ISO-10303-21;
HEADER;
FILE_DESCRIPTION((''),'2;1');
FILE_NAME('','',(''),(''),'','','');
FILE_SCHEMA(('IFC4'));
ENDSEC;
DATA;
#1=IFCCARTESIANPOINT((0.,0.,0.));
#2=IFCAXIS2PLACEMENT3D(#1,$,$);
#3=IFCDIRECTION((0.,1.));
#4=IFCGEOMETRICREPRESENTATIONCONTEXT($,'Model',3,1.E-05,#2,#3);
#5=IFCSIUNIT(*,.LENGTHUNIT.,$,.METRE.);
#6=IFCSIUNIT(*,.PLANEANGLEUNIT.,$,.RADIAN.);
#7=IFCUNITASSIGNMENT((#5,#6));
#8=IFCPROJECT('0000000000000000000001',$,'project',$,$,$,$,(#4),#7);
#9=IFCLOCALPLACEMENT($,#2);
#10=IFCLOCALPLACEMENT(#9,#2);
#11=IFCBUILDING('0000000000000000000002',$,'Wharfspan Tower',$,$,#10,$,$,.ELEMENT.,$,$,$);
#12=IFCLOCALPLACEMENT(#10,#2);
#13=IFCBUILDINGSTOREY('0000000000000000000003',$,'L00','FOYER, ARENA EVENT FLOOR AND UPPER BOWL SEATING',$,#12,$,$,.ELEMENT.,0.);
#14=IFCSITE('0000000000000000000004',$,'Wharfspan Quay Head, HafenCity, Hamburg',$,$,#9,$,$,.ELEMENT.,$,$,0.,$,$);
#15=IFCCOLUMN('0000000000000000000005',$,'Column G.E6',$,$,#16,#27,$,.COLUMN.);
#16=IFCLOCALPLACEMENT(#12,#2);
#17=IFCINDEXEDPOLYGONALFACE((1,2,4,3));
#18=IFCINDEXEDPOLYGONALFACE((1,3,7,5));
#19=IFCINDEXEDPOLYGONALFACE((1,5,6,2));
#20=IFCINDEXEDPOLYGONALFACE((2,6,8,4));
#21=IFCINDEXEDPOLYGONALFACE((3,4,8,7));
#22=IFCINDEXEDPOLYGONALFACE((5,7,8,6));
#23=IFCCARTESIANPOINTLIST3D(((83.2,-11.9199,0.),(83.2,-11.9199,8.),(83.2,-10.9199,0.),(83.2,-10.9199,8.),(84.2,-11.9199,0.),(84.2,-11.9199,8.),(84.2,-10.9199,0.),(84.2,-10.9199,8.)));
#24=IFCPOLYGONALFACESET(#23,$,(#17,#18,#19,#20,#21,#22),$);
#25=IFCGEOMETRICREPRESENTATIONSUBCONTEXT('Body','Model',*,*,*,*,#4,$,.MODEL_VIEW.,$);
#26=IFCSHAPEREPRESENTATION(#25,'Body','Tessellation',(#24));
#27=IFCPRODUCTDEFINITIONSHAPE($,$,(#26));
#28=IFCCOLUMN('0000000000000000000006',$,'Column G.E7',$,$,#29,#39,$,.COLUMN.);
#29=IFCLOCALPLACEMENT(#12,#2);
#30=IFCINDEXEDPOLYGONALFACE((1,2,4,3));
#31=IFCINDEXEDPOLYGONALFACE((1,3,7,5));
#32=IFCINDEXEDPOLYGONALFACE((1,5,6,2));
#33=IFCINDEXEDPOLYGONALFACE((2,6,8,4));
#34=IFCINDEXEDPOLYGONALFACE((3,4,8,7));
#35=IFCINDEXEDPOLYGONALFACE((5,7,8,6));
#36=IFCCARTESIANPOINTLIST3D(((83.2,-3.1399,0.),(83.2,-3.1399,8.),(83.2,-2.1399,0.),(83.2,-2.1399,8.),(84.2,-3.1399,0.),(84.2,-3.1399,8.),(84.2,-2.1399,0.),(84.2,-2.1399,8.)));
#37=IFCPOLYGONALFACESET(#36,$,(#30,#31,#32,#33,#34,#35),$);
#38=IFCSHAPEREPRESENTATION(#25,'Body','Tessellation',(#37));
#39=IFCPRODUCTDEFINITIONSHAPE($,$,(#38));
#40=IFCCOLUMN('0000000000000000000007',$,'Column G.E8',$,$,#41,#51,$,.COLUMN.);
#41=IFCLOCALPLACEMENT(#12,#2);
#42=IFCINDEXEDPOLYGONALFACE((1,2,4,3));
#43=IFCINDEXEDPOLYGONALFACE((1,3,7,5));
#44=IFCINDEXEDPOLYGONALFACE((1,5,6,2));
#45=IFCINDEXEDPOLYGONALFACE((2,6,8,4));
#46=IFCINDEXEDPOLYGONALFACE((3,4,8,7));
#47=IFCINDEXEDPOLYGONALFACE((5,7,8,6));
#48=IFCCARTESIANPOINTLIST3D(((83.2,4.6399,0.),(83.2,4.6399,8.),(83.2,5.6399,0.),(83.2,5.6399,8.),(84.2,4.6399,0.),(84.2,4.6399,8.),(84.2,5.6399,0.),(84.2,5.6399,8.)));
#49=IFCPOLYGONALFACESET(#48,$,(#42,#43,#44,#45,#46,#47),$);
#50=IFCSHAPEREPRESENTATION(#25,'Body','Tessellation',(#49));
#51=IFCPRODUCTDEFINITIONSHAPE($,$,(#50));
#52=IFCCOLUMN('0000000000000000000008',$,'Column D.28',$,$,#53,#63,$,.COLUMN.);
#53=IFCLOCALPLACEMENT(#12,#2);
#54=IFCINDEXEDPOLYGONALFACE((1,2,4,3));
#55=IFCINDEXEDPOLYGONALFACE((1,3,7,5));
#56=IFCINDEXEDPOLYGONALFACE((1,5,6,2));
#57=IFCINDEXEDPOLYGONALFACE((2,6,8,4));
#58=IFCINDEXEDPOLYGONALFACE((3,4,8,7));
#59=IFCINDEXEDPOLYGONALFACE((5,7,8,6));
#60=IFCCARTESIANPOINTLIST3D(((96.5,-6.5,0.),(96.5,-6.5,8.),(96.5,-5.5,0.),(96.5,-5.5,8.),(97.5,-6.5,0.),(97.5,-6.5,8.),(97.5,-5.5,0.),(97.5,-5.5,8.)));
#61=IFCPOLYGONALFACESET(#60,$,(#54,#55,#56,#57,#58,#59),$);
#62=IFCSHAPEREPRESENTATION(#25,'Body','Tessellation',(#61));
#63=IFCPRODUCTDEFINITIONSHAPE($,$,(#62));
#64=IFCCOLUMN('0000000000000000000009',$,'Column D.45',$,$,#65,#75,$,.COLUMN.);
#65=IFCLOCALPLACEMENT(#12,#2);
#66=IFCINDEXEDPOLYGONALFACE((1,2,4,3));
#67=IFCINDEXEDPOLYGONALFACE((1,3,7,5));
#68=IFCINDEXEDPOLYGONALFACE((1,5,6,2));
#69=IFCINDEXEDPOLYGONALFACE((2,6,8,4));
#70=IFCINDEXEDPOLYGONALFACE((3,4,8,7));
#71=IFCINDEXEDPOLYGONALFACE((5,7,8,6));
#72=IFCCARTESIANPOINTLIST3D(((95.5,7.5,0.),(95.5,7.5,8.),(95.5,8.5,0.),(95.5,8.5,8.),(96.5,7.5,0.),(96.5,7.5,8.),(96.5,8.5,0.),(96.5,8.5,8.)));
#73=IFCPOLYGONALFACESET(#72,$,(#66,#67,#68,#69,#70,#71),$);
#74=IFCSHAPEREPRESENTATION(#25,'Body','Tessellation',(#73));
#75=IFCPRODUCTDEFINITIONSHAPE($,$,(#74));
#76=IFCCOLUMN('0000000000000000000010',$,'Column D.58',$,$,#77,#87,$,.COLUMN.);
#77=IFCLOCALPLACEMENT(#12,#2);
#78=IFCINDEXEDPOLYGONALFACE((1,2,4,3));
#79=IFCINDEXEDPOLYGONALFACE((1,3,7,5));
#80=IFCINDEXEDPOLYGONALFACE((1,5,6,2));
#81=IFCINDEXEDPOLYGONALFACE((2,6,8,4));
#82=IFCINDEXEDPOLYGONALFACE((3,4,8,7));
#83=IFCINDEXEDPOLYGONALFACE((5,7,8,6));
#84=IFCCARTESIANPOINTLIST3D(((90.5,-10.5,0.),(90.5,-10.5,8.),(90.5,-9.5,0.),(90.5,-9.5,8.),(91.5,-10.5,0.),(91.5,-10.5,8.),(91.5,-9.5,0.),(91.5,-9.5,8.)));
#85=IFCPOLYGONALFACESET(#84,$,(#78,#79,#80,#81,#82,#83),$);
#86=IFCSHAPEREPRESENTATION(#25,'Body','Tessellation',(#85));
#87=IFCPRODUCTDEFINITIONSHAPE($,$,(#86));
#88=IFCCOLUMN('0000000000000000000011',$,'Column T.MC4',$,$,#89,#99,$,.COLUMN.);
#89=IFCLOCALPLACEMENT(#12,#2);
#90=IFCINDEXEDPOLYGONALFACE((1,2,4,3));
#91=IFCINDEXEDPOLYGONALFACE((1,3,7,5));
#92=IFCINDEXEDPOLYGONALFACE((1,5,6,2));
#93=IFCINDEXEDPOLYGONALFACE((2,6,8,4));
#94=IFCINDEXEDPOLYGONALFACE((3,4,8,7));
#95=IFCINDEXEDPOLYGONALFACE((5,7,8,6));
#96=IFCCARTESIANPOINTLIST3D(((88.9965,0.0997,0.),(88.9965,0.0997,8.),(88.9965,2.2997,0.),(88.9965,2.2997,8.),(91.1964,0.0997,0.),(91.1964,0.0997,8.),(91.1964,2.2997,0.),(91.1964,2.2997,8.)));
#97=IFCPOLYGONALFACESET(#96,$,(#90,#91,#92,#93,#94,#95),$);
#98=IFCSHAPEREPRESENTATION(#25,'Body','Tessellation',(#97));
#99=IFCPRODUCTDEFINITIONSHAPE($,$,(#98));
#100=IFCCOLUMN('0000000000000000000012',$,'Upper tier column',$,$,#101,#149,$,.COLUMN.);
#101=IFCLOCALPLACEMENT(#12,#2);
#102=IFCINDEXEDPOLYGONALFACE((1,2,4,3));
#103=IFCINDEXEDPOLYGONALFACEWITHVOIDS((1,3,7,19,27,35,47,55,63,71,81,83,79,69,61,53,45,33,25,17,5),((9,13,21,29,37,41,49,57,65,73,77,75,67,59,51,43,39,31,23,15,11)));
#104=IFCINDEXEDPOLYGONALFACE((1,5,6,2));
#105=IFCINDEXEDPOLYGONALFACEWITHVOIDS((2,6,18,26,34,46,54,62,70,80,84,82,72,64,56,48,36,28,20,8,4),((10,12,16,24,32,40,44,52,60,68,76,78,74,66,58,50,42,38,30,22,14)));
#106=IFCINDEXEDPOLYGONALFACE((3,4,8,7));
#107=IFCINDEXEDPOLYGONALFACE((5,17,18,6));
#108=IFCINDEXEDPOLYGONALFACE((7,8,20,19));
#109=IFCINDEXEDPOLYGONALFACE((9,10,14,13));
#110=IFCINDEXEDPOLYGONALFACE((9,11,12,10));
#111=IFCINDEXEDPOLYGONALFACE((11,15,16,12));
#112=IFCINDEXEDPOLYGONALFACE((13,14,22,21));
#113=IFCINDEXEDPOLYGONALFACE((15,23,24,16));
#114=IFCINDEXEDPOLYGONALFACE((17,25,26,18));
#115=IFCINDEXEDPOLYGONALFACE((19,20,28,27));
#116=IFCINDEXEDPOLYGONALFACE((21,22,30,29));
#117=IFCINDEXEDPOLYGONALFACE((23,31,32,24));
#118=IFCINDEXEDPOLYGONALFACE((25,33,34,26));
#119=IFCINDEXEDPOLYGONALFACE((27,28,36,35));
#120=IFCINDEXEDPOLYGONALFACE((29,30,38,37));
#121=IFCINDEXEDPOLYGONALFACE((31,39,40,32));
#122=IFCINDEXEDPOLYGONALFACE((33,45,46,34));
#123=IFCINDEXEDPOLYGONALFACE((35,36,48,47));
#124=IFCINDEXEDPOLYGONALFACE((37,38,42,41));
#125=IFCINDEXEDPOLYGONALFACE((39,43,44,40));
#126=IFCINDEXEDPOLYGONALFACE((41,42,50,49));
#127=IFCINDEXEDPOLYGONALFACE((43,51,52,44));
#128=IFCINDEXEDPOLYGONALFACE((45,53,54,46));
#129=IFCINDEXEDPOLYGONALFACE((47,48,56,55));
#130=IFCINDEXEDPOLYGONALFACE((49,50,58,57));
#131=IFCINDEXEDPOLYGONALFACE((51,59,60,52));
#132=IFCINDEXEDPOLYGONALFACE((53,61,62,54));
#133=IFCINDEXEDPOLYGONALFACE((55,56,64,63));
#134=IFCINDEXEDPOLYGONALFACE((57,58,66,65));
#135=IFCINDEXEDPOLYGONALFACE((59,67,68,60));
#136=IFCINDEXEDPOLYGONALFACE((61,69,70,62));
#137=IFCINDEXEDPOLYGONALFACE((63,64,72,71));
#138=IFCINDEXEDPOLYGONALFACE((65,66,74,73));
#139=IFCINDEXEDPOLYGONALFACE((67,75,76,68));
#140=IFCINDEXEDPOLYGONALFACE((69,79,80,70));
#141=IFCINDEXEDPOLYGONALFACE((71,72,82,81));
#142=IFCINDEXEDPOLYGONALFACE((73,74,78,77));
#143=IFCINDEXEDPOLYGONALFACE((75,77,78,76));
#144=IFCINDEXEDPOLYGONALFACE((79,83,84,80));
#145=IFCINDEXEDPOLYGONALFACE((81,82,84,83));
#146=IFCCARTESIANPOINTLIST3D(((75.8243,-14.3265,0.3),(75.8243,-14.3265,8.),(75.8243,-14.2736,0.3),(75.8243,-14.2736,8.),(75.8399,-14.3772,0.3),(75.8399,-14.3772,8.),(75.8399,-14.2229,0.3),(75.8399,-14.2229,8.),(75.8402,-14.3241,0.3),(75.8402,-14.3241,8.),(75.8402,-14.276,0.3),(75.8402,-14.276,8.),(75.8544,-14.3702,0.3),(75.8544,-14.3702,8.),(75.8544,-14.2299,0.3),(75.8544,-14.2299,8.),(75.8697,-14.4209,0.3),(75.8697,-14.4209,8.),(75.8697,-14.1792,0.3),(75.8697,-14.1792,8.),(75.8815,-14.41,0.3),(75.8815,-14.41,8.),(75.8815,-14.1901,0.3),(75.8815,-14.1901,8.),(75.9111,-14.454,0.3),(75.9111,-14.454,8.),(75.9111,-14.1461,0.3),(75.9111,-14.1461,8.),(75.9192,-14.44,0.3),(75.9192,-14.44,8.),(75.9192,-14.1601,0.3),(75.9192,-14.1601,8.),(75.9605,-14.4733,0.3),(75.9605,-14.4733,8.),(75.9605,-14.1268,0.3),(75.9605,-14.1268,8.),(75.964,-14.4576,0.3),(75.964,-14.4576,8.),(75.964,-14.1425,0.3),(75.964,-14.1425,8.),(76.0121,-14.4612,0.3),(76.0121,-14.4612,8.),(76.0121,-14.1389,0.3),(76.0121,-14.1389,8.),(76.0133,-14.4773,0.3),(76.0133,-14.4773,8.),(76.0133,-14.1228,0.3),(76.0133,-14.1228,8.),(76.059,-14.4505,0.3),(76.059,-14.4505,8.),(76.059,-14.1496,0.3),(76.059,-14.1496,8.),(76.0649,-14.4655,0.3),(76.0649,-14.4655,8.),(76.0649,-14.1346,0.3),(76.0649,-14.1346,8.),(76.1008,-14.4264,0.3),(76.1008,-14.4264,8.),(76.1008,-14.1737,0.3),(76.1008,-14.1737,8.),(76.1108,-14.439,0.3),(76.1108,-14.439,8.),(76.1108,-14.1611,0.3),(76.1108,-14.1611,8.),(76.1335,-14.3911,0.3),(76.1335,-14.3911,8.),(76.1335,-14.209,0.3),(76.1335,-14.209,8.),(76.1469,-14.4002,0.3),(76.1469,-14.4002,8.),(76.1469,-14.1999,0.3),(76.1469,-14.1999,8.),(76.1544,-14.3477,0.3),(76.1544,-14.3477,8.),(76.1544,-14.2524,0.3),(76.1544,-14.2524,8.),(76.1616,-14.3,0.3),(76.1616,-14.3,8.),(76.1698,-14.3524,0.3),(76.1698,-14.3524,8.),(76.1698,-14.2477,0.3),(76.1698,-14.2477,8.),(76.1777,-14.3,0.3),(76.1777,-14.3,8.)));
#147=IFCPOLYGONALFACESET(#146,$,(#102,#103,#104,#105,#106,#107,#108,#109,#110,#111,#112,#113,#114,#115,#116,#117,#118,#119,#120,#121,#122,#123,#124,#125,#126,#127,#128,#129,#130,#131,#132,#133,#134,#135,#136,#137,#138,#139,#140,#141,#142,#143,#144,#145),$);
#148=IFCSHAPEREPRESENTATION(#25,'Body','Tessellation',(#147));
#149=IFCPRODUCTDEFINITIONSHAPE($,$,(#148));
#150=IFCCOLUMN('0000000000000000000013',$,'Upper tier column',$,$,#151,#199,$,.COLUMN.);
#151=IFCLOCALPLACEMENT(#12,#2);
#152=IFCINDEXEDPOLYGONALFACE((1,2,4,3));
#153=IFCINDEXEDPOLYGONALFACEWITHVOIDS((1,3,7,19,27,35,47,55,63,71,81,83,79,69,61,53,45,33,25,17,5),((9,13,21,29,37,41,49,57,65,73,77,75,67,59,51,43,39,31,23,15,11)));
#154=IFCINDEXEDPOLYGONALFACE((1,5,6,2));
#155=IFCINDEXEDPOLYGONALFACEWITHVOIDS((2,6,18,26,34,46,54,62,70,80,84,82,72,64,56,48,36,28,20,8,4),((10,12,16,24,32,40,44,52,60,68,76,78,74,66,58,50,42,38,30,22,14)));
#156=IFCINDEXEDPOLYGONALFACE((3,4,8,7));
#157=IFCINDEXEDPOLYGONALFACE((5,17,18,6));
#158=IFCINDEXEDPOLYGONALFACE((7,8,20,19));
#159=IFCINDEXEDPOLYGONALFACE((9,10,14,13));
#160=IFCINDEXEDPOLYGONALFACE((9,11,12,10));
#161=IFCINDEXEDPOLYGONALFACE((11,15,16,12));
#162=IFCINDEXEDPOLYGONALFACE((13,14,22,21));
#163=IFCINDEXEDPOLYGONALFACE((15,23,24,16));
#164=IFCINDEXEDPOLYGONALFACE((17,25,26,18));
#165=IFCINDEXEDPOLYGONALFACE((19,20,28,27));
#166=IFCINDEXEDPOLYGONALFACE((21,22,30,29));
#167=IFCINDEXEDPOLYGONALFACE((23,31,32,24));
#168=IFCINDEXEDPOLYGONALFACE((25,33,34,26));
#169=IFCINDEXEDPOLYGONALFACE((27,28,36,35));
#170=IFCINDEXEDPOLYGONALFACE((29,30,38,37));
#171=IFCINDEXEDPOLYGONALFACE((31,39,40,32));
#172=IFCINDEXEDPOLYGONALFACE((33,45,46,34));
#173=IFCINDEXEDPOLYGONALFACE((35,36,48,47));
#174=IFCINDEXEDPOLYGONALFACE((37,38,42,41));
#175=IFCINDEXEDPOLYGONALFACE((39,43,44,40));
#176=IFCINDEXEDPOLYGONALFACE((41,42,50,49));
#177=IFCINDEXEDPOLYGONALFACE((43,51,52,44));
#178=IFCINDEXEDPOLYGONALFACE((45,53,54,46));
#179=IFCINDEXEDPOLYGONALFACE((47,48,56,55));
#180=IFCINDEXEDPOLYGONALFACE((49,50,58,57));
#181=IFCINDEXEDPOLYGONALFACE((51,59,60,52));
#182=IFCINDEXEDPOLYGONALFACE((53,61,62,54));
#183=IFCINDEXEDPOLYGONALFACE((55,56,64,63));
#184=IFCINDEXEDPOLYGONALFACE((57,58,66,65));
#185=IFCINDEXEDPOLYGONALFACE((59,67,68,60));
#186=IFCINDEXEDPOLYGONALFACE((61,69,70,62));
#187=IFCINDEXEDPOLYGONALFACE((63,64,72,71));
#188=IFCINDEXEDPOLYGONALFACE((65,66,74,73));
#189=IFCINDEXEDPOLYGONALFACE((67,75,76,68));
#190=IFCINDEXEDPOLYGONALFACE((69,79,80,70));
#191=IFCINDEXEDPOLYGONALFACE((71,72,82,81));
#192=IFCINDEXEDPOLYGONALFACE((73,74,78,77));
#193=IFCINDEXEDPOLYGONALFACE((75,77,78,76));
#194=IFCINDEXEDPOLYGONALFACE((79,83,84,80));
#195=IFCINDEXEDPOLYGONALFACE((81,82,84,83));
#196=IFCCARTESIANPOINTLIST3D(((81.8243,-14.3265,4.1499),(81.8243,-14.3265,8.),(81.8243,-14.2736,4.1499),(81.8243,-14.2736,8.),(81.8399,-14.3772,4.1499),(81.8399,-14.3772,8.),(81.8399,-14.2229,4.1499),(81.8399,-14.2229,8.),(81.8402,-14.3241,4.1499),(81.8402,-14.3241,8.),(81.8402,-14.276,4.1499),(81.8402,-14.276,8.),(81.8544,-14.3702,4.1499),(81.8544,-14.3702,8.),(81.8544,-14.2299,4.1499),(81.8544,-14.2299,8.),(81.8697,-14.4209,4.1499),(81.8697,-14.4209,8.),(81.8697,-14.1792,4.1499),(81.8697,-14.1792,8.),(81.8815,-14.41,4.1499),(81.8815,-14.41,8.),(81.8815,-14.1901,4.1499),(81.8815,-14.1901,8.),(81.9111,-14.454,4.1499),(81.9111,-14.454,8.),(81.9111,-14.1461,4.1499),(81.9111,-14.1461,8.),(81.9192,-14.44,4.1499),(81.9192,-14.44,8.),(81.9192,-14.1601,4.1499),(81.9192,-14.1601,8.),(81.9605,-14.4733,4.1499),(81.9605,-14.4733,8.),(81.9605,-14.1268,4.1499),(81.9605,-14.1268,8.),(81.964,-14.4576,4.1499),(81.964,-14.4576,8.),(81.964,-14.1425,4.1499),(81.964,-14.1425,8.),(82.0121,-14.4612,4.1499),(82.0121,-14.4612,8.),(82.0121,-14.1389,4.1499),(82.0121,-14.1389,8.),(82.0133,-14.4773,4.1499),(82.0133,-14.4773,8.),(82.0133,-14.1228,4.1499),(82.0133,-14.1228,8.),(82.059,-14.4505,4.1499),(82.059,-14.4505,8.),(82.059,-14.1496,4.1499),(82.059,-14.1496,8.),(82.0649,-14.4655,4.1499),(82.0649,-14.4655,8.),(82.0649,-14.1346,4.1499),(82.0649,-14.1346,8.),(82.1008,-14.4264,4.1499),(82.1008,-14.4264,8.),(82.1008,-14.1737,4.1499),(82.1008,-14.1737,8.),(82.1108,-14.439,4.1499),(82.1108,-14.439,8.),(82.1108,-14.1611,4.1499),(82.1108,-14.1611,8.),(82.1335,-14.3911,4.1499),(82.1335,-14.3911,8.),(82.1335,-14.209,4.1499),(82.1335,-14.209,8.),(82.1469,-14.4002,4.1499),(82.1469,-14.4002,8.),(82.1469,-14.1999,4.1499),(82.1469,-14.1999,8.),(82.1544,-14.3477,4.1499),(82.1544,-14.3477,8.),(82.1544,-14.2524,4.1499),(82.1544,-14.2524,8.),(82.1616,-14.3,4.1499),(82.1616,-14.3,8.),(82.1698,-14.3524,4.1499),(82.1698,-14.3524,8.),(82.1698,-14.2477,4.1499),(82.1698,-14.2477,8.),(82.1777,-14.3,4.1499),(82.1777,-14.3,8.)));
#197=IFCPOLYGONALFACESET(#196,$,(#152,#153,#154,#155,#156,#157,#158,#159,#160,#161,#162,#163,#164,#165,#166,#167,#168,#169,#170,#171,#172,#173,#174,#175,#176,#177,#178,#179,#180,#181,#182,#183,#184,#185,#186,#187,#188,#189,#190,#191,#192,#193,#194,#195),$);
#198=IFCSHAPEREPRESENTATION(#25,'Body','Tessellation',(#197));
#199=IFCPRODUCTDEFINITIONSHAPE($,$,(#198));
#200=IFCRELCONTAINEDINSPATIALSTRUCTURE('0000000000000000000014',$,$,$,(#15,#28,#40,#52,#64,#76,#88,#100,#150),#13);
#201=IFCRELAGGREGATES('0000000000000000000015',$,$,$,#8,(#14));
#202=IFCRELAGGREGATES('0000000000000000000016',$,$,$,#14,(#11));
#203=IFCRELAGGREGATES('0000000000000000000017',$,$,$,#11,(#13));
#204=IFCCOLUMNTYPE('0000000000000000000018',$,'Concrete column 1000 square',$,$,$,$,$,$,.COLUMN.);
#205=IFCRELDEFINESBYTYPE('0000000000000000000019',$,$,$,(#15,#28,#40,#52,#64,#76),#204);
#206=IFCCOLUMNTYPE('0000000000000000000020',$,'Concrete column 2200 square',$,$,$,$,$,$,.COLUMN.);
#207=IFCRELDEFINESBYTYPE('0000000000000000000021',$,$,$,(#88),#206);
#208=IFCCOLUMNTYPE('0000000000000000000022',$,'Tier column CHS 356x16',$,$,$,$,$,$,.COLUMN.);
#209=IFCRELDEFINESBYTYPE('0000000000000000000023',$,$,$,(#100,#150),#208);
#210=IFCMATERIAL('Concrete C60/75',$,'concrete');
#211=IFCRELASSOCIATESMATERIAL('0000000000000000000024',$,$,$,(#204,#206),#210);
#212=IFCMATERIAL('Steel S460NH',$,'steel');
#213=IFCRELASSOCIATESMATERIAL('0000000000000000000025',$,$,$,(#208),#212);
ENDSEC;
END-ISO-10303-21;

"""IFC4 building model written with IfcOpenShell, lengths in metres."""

from ifc_helpers import new_model, si_unit, direction, frame, origin, origin_2d, place, context, subcontext, project, spatial, rectangle, hollow_circle, extrude, material, material_profile, profile_set, type_object, element, save


model = new_model("IFC4")

# Units and contexts
model_context = context("Model", 3, precision=1e-05, world=origin(), true_north=direction((0.0, 1.0)))
body_context = subcontext(model_context, "Body", "Model", "MODEL_VIEW")
ifc_project = project(units=[si_unit("LENGTHUNIT", "METRE"), si_unit("PLANEANGLEUNIT", "RADIAN")], contexts=[model_context])

# Site, building, storey
site_placement = place(None, origin())
site = spatial("IfcSite", under=ifc_project, at=site_placement, Name="Wharfspan Quay Head, HafenCity, Hamburg", CompositionType="ELEMENT", RefElevation=0.0)
building_placement = place(site_placement, origin())
building = spatial("IfcBuilding", under=site, at=building_placement, Name="Wharfspan Tower", CompositionType="ELEMENT")
storey_placement = place(building_placement, origin())
storey = spatial("IfcBuildingStorey", under=building, at=storey_placement, Name="L00", Description="FOYER, ARENA EVENT FLOOR AND UPPER BOWL SEATING", CompositionType="ELEMENT", Elevation=0.0)

# Columns
ifc_material_1 = material(Name="Concrete C60/75", Category="concrete")
ifc_material_profile_1 = material_profile(ifc_material_1, rectangle(XDim=1.0, YDim=1.0, at=origin_2d()))
ifc_profile_set_1 = profile_set([ifc_material_profile_1], Name="Concrete C60/75")
column_type_1 = type_object("IfcColumnType", Name="Concrete column 1000 square", PredefinedType="COLUMN", material=ifc_profile_set_1)
for number, where, z_axis, x_axis, name in (
    (1, (83.7, -11.4199, 0.0), (0.0, 0.0, 1.0), (1.0, 0.0, 0.0), "Column G.E6"),
    (2, (83.7, -2.6399, 0.0), (0.0, 0.0, 1.0), (1.0, 0.0, 0.0), "Column G.E7"),
    (3, (83.7, 5.1399, 0.0), (0.0, 0.0, 1.0), (1.0, 0.0, 0.0), "Column G.E8"),
    (4, (97.0, -6.0, 0.0), (0.0, 0.0, 1.0), (1.0, 0.0, 0.0), "Column D.28"),
    (5, (96.0, 8.0, 0.0), (0.0, 0.0, 1.0), (1.0, 0.0, 0.0), "Column D.45"),
    (6, (91.0, -10.0, 0.0), (0.0, 0.0, 1.0), (1.0, 0.0, 0.0), "Column D.58"),
):
    element("IfcColumn", number, at=place(storey_placement, frame(where, z_axis=z_axis, x_axis=x_axis)), inside=storey, type_object=column_type_1, Name=name, PredefinedType="COLUMN", context=body_context, shape_type="SweptSolid", body=[
        extrude(rectangle(XDim=1.0, YDim=1.0, at=origin_2d()), origin(), (0.0, 0.0, 1.0), 8.0),
    ])
ifc_material_profile_2 = material_profile(ifc_material_1, rectangle(XDim=2.2, YDim=2.2, at=origin_2d()))
ifc_profile_set_2 = profile_set([ifc_material_profile_2], Name="Concrete C60/75")
column_type_2 = type_object("IfcColumnType", Name="Concrete column 2200 square", PredefinedType="COLUMN", material=ifc_profile_set_2)
column_1_placement = place(storey_placement, frame((90.0964, 1.1997, 0.0), z_axis=(0.0, 0.0, 1.0), x_axis=(1.0, 0.0, 0.0)))
element("IfcColumn", 7, at=column_1_placement, inside=storey, type_object=column_type_2, Name="Column T.MC4", PredefinedType="COLUMN", context=body_context, shape_type="SweptSolid", body=[
    extrude(rectangle(XDim=2.2, YDim=2.2, at=origin_2d()), origin(), (0.0, 0.0, 1.0), 8.0),
])
ifc_material_2 = material(Name="Steel S460NH", Category="steel")
ifc_material_profile_3 = material_profile(ifc_material_2, hollow_circle(Radius=0.1777, WallThickness=0.0161, at=origin_2d()))
ifc_profile_set_3 = profile_set([ifc_material_profile_3], Name="Steel S460NH")
column_type_3 = type_object("IfcColumnType", Name="Tier column CHS 356x16", PredefinedType="COLUMN", material=ifc_profile_set_3)
column_2_placement = place(storey_placement, frame((76.0, -14.3, 0.3), z_axis=(0.0, 0.0, 1.0), x_axis=(1.0, 0.0, 0.0)))
element("IfcColumn", 8, at=column_2_placement, inside=storey, type_object=column_type_3, Name="Upper tier column", PredefinedType="COLUMN", context=body_context, shape_type="SweptSolid", body=[
    extrude(hollow_circle(Radius=0.1777, WallThickness=0.0161, at=origin_2d()), origin(), (0.0, 0.0, 1.0), 7.7),
])
column_3_placement = place(storey_placement, frame((82.0, -14.3, 4.1499), z_axis=(0.0, 0.0, 1.0), x_axis=(1.0, 0.0, 0.0)))
element("IfcColumn", 9, at=column_3_placement, inside=storey, type_object=column_type_3, Name="Upper tier column", PredefinedType="COLUMN", context=body_context, shape_type="SweptSolid", body=[
    extrude(hollow_circle(Radius=0.1777, WallThickness=0.0161, at=origin_2d()), origin(), (0.0, 0.0, 1.0), 3.8501),
])

save(model, "model.ifc")
